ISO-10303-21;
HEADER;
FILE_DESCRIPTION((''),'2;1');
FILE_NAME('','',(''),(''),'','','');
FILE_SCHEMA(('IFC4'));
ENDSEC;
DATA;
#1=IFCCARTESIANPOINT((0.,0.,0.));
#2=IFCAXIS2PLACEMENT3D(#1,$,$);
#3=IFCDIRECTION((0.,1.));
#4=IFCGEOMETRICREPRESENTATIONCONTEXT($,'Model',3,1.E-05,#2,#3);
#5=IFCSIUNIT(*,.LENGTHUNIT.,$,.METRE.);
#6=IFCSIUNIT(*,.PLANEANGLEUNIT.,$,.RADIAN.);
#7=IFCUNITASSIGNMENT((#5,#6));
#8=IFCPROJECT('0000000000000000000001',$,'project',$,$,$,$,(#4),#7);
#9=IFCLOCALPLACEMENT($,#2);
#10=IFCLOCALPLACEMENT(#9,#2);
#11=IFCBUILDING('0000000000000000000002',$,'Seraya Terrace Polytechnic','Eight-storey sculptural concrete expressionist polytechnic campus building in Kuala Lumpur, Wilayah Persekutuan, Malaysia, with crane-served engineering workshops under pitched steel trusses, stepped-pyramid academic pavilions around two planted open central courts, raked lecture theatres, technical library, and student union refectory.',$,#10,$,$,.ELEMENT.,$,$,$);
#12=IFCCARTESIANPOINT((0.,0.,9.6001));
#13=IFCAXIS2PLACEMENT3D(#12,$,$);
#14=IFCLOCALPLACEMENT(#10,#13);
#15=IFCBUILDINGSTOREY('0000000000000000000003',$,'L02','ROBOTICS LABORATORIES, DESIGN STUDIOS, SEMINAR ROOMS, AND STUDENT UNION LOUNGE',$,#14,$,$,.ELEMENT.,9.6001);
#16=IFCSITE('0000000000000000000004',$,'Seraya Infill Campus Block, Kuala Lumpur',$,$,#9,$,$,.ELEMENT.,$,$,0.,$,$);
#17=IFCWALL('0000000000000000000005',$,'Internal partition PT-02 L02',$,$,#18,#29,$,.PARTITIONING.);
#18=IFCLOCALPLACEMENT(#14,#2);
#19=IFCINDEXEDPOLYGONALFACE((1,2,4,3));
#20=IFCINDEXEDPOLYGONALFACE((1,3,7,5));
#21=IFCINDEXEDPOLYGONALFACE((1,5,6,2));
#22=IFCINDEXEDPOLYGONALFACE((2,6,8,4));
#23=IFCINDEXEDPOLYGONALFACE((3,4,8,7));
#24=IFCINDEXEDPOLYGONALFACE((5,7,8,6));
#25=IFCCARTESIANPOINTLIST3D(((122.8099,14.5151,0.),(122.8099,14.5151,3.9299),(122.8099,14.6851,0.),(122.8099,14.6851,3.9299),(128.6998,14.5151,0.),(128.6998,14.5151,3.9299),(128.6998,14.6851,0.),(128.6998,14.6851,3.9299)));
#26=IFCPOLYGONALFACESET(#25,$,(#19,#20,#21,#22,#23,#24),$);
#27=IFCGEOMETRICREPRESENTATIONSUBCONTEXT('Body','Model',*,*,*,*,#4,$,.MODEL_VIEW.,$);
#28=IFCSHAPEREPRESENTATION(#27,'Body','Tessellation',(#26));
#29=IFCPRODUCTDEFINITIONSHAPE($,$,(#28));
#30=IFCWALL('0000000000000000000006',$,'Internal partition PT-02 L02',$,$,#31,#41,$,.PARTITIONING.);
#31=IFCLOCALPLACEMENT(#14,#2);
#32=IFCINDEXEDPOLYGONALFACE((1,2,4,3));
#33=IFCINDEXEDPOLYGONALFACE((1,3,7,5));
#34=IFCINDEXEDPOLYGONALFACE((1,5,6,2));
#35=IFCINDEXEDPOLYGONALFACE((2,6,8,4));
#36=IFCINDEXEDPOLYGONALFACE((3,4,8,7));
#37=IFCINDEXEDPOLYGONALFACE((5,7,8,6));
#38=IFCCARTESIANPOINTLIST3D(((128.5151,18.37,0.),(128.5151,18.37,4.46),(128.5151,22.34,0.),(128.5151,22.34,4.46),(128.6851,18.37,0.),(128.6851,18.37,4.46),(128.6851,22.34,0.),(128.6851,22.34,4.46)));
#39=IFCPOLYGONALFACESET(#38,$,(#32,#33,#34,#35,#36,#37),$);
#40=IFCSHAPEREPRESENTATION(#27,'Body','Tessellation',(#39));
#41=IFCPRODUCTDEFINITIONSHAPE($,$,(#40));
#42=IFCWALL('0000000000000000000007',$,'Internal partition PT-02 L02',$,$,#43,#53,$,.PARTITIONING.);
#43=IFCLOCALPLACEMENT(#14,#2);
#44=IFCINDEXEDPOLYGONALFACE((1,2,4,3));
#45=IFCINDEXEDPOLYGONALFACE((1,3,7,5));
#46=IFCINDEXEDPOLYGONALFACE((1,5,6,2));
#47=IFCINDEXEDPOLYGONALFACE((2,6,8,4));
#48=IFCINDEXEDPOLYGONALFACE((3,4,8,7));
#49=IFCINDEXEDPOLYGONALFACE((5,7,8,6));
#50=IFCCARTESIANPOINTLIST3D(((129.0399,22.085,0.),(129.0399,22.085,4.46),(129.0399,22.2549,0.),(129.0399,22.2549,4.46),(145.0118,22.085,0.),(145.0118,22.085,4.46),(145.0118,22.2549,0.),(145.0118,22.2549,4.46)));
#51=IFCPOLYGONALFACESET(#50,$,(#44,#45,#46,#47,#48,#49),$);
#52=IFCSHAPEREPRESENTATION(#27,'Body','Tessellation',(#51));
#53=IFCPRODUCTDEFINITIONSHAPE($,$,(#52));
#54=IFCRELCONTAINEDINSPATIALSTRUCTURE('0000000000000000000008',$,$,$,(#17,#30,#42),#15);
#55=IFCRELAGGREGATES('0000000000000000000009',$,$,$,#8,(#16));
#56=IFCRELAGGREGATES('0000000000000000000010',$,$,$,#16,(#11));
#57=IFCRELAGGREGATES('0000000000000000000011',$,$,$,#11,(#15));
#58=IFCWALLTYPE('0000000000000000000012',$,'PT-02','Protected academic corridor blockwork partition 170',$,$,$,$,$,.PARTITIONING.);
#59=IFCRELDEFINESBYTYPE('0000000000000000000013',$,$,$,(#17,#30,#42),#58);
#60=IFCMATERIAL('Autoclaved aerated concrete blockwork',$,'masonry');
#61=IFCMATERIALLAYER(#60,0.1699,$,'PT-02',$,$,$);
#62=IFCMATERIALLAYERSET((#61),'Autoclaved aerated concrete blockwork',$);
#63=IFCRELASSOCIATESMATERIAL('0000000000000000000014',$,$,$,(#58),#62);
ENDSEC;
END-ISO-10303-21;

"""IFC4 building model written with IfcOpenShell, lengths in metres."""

from ifc_helpers import new_model, si_unit, direction, frame, frame_2d, origin, place, context, subcontext, project, spatial, rectangle, extrude, material, layer, layer_set, type_object, element, save


model = new_model("IFC4")

# Units and contexts
model_context = context("Model", 3, precision=1e-05, world=origin(), true_north=direction((0.0, 1.0)))
body_context = subcontext(model_context, "Body", "Model", "MODEL_VIEW")
ifc_project = project(units=[si_unit("LENGTHUNIT", "METRE"), si_unit("PLANEANGLEUNIT", "RADIAN")], contexts=[model_context])

# Site, building, storey
site_placement = place(None, origin())
site = spatial("IfcSite", under=ifc_project, at=site_placement, Name="Seraya Infill Campus Block, Kuala Lumpur", CompositionType="ELEMENT", RefElevation=0.0)
building_placement = place(site_placement, origin())
building = spatial("IfcBuilding", under=site, at=building_placement, Name="Seraya Terrace Polytechnic", Description="Eight-storey sculptural concrete expressionist polytechnic campus building in Kuala Lumpur, Wilayah Persekutuan, Malaysia, with crane-served engineering workshops under pitched steel trusses, stepped-pyramid academic pavilions around two planted open central courts, raked lecture theatres, technical library, and student union refectory.", CompositionType="ELEMENT")
storey_placement = place(building_placement, frame((0.0, 0.0, 9.6001)))
storey = spatial("IfcBuildingStorey", under=building, at=storey_placement, Name="L02", Description="ROBOTICS LABORATORIES, DESIGN STUDIOS, SEMINAR ROOMS, AND STUDENT UNION LOUNGE", CompositionType="ELEMENT", Elevation=9.6001)

# Walls
ifc_material_1 = material(Name="Autoclaved aerated concrete blockwork", Category="masonry")
ifc_layer_1 = layer(ifc_material_1, 0.1699, Name="PT-02")
ifc_layer_set_1 = layer_set([ifc_layer_1], Name="Autoclaved aerated concrete blockwork")
wall_type = type_object("IfcWallType", Name="PT-02", Description="Protected academic corridor blockwork partition 170", PredefinedType="PARTITIONING", material=ifc_layer_set_1)
wall_1_placement = place(storey_placement, frame((122.8101, 14.6001, 0.0), z_axis=(0.0, 0.0, 1.0), x_axis=(1.0, 0.0, 0.0)))
element("IfcWall", 1, at=wall_1_placement, inside=storey, type_object=wall_type, Name="Internal partition PT-02 L02", PredefinedType="PARTITIONING", context=body_context, shape_type="SweptSolid", body=[
    extrude(rectangle(XDim=5.8899, YDim=0.1699, at=frame_2d((2.9448, 0.0))), origin(), (0.0, 0.0, 1.0), 3.9299),
])
wall_2_placement = place(storey_placement, frame((128.6001, 18.3701, 0.0), z_axis=(0.0, 0.0, 1.0), x_axis=(0.0, 1.0, 0.0)))
element("IfcWall", 2, at=wall_2_placement, inside=storey, type_object=wall_type, Name="Internal partition PT-02 L02", PredefinedType="PARTITIONING", context=body_context, shape_type="SweptSolid", body=[
    extrude(rectangle(XDim=3.97, YDim=0.1699, at=frame_2d((1.9849, 0.0))), origin(), (0.0, 0.0, 1.0), 4.46),
])

# Wall
wall_3_placement = place(storey_placement, frame((129.04, 22.1699, 0.0), z_axis=(0.0, 0.0, 1.0), x_axis=(1.0, 0.0, 0.0)))
element("IfcWall", 3, at=wall_3_placement, inside=storey, type_object=wall_type, Name="Internal partition PT-02 L02", PredefinedType="PARTITIONING", context=body_context, shape_type="SweptSolid", body=[
    extrude(rectangle(XDim=15.9719, YDim=0.1699, at=frame_2d((7.9858, 0.0))), origin(), (0.0, 0.0, 1.0), 4.46),
])

save(model, "model.ifc")
